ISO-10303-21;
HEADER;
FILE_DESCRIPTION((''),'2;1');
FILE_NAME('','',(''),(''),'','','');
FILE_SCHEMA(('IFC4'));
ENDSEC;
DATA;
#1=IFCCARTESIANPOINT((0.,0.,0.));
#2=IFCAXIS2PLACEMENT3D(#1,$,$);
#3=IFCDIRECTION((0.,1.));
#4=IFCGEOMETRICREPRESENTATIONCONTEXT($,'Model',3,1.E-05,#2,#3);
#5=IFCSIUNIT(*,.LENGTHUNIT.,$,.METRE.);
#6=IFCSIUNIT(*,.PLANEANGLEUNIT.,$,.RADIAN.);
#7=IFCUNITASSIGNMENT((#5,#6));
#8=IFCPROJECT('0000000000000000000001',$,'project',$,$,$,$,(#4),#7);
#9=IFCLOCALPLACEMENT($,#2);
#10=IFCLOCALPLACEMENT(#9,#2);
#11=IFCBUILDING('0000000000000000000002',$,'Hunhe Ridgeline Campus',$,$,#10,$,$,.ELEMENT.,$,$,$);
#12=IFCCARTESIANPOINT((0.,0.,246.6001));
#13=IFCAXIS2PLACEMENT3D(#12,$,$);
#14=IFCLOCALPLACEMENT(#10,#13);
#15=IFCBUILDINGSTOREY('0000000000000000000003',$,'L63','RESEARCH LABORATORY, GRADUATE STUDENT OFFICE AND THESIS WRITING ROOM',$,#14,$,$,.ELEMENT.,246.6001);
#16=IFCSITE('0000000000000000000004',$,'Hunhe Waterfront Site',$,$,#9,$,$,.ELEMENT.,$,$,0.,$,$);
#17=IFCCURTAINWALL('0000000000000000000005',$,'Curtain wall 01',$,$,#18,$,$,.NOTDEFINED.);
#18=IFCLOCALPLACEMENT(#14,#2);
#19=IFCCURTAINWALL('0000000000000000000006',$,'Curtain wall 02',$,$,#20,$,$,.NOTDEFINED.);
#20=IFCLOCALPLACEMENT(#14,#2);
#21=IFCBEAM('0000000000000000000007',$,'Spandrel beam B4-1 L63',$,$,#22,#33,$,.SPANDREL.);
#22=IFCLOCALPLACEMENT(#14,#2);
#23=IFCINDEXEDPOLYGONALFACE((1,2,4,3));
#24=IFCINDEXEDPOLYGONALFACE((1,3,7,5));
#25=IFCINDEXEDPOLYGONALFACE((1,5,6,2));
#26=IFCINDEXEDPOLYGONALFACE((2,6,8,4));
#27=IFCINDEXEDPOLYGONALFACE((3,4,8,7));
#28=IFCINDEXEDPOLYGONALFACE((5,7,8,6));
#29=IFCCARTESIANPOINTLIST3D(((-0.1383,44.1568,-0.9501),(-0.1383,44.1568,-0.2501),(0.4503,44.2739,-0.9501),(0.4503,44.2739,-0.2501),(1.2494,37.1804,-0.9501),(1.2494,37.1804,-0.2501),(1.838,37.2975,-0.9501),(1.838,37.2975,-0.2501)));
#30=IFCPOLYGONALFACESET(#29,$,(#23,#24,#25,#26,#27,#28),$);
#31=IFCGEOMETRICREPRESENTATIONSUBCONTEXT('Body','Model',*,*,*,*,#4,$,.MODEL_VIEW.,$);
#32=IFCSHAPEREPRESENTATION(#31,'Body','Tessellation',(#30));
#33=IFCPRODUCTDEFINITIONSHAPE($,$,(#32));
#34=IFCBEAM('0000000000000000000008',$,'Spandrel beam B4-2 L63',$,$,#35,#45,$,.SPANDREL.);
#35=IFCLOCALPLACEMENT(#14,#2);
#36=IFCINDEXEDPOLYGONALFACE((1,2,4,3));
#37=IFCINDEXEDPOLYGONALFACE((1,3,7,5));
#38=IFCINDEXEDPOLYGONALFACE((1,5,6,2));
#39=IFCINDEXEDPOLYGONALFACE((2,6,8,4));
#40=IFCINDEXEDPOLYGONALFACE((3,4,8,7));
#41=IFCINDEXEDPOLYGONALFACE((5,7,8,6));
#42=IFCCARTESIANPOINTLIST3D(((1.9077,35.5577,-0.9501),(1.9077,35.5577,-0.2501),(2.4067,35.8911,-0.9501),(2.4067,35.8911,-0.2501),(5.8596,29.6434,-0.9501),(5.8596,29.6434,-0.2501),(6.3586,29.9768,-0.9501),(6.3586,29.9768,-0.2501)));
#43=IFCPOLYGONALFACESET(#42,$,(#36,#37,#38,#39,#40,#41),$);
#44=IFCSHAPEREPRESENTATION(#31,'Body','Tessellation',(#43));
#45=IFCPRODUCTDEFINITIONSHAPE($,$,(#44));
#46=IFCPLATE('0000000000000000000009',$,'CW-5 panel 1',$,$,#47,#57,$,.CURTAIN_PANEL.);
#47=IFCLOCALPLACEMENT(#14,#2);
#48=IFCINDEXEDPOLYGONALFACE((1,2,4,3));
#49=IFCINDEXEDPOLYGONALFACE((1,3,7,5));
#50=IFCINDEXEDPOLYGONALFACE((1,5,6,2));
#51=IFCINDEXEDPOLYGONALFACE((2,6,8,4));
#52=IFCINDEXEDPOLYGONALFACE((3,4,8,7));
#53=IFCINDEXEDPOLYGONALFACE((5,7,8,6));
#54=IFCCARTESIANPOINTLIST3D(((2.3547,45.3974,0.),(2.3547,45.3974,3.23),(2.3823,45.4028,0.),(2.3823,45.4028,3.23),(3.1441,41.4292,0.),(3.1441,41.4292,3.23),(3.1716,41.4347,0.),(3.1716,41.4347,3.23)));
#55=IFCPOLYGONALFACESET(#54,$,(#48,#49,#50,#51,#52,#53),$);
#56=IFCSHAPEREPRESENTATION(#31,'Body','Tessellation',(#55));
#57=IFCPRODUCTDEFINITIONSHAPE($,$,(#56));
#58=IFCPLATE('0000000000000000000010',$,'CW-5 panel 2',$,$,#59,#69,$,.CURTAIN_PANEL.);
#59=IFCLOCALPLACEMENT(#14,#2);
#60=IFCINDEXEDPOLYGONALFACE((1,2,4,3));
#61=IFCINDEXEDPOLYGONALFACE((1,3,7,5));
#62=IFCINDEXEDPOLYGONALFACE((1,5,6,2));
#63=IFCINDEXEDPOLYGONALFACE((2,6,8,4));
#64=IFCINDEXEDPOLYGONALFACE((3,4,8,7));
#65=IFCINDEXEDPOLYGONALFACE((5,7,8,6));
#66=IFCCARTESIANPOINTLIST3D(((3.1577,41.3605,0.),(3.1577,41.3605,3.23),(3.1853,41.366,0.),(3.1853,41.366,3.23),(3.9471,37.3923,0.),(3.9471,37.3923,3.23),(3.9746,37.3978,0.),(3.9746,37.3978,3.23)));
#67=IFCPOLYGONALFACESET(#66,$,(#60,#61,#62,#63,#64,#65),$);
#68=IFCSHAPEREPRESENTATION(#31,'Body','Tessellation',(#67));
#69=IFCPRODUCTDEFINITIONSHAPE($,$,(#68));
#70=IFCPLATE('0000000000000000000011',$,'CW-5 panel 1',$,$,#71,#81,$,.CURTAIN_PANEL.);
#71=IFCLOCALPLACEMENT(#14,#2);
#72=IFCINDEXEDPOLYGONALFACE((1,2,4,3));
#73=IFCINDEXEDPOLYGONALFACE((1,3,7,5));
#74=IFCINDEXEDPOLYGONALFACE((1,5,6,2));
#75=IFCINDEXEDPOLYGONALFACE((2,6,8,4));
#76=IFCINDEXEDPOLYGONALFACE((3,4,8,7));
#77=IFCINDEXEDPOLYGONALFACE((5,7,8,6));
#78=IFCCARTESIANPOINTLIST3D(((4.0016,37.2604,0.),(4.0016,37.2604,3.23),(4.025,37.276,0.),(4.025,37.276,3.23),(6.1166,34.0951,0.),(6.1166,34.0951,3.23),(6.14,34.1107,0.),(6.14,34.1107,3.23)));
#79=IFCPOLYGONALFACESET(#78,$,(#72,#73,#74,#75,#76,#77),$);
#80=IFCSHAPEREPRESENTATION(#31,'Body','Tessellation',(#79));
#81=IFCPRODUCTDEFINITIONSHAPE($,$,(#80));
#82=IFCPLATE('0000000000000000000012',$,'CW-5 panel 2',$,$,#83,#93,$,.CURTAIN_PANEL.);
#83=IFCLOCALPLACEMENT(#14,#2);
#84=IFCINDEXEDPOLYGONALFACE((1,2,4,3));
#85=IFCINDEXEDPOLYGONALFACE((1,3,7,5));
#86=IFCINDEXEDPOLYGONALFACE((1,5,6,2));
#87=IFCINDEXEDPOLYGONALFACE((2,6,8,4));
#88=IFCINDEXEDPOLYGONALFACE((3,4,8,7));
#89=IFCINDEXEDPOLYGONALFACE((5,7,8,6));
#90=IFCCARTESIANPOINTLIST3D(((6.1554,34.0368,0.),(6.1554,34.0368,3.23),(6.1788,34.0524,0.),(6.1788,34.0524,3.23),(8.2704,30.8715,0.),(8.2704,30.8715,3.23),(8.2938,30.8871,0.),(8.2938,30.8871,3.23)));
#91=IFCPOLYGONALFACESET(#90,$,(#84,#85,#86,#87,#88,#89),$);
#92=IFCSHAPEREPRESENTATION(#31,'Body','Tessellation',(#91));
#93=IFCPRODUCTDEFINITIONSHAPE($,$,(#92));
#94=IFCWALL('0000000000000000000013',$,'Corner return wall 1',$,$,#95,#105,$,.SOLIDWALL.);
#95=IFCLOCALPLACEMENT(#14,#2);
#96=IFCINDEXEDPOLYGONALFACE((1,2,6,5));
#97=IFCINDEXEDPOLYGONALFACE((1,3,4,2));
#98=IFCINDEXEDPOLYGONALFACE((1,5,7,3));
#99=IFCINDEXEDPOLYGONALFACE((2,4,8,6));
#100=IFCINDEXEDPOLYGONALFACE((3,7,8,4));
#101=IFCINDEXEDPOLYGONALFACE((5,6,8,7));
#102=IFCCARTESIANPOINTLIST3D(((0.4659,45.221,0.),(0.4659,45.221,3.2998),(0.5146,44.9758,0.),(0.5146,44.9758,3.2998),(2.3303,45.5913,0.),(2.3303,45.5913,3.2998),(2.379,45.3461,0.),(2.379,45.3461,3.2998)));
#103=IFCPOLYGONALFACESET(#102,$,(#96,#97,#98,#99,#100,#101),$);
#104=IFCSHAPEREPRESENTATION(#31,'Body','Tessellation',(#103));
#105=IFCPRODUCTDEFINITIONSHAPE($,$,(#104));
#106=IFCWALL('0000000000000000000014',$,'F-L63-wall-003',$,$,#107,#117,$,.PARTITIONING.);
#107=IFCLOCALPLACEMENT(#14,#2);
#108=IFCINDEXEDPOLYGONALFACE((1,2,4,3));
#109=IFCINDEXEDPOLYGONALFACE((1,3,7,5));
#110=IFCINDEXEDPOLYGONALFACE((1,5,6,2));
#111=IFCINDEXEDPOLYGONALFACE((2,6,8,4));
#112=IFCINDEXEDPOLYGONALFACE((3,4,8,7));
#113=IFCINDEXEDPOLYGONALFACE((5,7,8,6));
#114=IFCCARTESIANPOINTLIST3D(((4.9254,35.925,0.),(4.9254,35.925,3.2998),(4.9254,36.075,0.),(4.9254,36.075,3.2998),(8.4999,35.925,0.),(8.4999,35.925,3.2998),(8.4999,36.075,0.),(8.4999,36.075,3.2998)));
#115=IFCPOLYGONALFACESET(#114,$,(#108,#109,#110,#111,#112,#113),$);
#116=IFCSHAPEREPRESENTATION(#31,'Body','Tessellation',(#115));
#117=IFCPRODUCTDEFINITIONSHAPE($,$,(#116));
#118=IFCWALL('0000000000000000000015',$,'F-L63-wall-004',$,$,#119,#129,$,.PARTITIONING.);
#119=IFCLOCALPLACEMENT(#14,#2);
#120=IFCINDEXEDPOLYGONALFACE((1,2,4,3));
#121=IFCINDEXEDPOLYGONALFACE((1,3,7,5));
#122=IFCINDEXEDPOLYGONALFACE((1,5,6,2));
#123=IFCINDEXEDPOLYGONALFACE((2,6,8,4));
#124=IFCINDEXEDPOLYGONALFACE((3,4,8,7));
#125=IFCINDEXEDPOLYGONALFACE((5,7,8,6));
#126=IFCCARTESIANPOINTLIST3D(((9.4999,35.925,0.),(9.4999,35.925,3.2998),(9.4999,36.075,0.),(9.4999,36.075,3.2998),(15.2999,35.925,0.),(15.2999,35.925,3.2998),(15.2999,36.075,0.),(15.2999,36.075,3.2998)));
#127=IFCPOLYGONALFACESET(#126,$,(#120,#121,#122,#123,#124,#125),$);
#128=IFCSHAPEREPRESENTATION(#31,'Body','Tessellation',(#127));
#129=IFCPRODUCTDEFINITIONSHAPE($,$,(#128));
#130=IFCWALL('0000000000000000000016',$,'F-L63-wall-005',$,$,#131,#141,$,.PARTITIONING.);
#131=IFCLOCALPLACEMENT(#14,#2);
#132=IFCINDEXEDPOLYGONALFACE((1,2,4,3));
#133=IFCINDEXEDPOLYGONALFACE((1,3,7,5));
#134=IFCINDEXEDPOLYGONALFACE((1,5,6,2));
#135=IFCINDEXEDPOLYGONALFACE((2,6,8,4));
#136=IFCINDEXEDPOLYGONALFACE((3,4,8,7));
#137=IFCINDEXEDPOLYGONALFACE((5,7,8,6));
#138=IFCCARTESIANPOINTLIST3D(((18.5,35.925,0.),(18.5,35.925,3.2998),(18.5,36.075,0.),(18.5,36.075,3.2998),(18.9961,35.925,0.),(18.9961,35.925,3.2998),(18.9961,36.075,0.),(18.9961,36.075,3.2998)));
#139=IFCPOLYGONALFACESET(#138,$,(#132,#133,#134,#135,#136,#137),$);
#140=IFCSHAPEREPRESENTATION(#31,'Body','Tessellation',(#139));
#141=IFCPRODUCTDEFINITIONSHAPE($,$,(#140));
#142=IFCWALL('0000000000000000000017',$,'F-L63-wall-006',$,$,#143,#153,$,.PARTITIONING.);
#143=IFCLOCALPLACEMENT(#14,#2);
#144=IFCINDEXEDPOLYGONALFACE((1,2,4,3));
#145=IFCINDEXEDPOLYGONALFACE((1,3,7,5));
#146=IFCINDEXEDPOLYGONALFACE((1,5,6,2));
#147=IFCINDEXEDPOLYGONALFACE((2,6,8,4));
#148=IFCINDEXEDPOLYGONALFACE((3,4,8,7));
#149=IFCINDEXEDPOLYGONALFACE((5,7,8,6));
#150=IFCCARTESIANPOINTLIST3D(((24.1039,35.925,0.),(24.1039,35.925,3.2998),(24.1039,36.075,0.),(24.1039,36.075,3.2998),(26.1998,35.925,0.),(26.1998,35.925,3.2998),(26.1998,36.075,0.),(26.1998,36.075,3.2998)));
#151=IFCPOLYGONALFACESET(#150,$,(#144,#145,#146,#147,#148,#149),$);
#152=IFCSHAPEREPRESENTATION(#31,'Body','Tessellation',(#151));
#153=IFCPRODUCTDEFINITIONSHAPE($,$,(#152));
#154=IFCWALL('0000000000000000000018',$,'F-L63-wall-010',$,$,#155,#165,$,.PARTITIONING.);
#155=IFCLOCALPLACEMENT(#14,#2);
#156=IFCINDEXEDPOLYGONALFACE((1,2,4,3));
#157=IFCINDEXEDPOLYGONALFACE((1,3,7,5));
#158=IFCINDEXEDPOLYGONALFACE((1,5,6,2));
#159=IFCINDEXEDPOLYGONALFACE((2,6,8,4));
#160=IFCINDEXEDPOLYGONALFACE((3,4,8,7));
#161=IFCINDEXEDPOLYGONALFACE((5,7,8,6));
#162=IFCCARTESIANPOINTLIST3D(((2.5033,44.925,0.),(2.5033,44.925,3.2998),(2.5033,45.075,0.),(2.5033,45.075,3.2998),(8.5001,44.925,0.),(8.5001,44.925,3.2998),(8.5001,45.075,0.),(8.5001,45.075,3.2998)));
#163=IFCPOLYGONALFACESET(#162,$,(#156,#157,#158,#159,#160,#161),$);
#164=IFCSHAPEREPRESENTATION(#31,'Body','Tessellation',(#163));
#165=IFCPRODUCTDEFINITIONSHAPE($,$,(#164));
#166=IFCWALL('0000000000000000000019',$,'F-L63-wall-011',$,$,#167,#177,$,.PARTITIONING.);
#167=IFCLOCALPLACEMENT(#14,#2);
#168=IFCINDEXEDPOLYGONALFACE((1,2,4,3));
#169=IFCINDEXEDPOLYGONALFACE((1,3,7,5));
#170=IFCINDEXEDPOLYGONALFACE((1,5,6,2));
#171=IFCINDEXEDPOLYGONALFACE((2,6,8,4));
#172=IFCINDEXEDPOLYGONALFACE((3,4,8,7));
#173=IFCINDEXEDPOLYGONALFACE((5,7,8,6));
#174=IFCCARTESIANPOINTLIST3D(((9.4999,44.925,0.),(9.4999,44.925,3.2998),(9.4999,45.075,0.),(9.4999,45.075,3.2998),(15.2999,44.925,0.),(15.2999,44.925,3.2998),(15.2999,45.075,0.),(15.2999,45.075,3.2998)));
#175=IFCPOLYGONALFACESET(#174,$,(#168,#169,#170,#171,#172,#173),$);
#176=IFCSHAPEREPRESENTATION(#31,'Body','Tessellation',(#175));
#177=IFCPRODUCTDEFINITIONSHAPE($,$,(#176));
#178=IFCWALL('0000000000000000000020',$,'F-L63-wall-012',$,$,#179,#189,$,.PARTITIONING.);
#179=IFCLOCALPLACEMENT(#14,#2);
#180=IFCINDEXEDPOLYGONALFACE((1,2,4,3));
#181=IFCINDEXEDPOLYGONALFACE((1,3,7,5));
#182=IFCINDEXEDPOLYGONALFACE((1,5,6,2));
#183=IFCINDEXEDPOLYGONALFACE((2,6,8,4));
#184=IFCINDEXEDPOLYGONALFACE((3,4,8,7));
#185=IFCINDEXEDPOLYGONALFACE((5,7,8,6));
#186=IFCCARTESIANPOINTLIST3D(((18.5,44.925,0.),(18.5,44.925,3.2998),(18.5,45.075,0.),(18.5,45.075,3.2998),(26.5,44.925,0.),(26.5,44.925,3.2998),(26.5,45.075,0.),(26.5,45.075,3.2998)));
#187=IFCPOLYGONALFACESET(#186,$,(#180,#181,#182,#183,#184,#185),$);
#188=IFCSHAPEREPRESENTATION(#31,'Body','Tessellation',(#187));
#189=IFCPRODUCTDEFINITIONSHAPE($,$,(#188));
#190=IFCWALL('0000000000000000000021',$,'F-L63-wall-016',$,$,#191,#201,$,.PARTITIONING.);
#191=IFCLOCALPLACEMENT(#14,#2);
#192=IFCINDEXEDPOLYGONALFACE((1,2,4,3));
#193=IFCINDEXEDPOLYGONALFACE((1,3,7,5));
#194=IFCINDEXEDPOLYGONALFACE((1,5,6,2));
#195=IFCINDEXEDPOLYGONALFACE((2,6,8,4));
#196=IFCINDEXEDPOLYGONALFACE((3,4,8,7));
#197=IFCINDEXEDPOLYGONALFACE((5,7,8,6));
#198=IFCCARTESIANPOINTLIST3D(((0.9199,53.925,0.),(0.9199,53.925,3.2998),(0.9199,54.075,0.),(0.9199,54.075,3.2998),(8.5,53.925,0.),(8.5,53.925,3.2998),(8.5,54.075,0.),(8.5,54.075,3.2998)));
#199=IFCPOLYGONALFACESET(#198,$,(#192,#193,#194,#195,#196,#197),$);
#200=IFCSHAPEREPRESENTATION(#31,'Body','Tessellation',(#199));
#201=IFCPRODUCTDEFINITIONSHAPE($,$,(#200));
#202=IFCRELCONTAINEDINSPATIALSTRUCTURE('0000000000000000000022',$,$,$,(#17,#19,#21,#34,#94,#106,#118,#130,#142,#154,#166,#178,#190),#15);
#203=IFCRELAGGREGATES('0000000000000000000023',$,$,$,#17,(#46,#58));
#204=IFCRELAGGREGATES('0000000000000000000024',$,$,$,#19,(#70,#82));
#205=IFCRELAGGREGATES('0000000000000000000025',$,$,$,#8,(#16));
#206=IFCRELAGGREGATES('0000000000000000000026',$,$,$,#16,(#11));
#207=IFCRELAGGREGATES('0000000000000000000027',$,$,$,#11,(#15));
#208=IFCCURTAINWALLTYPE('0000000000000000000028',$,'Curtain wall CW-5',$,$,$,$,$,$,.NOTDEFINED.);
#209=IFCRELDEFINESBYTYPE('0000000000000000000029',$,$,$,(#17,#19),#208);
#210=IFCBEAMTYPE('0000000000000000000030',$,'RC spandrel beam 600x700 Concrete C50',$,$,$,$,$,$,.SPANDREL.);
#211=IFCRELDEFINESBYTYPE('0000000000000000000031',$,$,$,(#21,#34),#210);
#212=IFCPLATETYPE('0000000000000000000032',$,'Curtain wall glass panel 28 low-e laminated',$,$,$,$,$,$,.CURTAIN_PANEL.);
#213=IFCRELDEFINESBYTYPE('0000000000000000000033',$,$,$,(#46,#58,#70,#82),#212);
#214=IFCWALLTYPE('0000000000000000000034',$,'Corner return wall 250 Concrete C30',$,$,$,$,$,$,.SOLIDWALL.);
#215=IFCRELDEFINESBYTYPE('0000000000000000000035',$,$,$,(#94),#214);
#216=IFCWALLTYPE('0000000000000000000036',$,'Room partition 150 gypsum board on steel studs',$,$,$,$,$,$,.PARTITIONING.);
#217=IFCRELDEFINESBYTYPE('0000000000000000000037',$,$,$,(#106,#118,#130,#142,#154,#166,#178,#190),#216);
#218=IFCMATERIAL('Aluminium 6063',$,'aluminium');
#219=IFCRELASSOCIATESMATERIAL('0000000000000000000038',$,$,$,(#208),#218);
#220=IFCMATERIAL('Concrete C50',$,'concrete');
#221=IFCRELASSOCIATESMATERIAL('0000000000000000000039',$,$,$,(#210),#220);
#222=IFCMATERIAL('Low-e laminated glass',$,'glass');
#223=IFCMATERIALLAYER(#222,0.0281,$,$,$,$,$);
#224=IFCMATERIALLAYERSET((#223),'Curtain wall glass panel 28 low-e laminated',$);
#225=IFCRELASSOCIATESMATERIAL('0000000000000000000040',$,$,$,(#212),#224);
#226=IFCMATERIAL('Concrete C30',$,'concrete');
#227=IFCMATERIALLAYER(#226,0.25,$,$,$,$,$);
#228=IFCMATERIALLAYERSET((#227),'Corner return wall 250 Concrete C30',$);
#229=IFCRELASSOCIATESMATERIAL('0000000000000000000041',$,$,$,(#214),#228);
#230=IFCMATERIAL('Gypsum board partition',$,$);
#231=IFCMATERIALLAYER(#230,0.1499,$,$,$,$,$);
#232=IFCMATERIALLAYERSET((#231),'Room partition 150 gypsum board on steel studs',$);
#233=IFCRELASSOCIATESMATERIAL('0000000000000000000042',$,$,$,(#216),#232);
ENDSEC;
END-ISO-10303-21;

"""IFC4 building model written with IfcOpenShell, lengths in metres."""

from ifc_helpers import new_model, si_unit, direction, frame, frame_2d, origin, origin_2d, place, context, subcontext, project, spatial, rectangle, extrude, material, layer, layer_set, material_profile, profile_set, type_object, element, aggregate, save


model = new_model("IFC4")

# Units and contexts
model_context = context("Model", 3, precision=1e-05, world=origin(), true_north=direction((0.0, 1.0)))
body_context = subcontext(model_context, "Body", "Model", "MODEL_VIEW")
ifc_project = project(units=[si_unit("LENGTHUNIT", "METRE"), si_unit("PLANEANGLEUNIT", "RADIAN")], contexts=[model_context])

# Site, building, storey
site_placement = place(None, origin())
site = spatial("IfcSite", under=ifc_project, at=site_placement, Name="Hunhe Waterfront Site", CompositionType="ELEMENT", RefElevation=0.0)
building_placement = place(site_placement, origin())
building = spatial("IfcBuilding", under=site, at=building_placement, Name="Hunhe Ridgeline Campus", CompositionType="ELEMENT")
storey_placement = place(building_placement, frame((0.0, 0.0, 246.6001)))
storey = spatial("IfcBuildingStorey", under=building, at=storey_placement, Name="L63", Description="RESEARCH LABORATORY, GRADUATE STUDENT OFFICE AND THESIS WRITING ROOM", CompositionType="ELEMENT", Elevation=246.6001)

# Curtain walls
ifc_material_1 = material(Name="Aluminium 6063", Category="aluminium")
curtain_wall_type = type_object("IfcCurtainWallType", Name="Curtain wall CW-5", PredefinedType="NOTDEFINED", material=ifc_material_1)
curtain_wall_1_placement = place(storey_placement, origin())
curtain_wall_1 = element("IfcCurtainWall", 1, at=curtain_wall_1_placement, inside=storey, type_object=curtain_wall_type, Name="Curtain wall 01", PredefinedType="NOTDEFINED")
curtain_wall_2_placement = place(storey_placement, origin())
curtain_wall_2 = element("IfcCurtainWall", 2, at=curtain_wall_2_placement, inside=storey, type_object=curtain_wall_type, Name="Curtain wall 02", PredefinedType="NOTDEFINED")

# Beams
ifc_material_2 = material(Name="Concrete C50", Category="concrete")
ifc_material_profile_1 = material_profile(ifc_material_2, rectangle(XDim=0.6001, YDim=0.7, at=origin_2d()))
ifc_profile_set_1 = profile_set([ifc_material_profile_1], Name="Concrete C50")
beam_type = type_object("IfcBeamType", Name="RC spandrel beam 600x700 Concrete C50", PredefinedType="SPANDREL", material=ifc_profile_set_1)
for number, where, z_axis, x_axis, name in (
    (3, (0.156, 44.2153, -0.6001), (0.195093, -0.980785, 0.0), (0.980785, 0.195093, 0.0), "Spandrel beam B4-1 L63"),
    (4, (2.1572, 35.7244, -0.6001), (0.555579, -0.831464, 0.0), (0.831464, 0.555579, 0.0), "Spandrel beam B4-2 L63"),
):
    element("IfcBeam", number, at=place(storey_placement, frame(where, z_axis=z_axis, x_axis=x_axis)), inside=storey, type_object=beam_type, Name=name, PredefinedType="SPANDREL", context=body_context, shape_type="SweptSolid", body=[
        extrude(rectangle(XDim=0.6001, YDim=0.7, at=origin_2d()), origin(), (0.0, 0.0, 1.0), 7.113),
    ])

# Plates
ifc_material_3 = material(Name="Low-e laminated glass", Category="glass")
ifc_layer_1 = layer(ifc_material_3, 0.0281)
ifc_layer_set_1 = layer_set([ifc_layer_1], Name="Curtain wall glass panel 28 low-e laminated")
plate_type = type_object("IfcPlateType", Name="Curtain wall glass panel 28 low-e laminated", PredefinedType="CURTAIN_PANEL", material=ifc_layer_set_1)
plate_1_placement = place(storey_placement, frame((2.7632, 43.416, 0.0), z_axis=(0.0, 0.0, 1.0), x_axis=(0.195095, -0.980784, 0.0)))
plate_1 = element("IfcPlate", 5, at=plate_1_placement, type_object=plate_type, Name="CW-5 panel 1", PredefinedType="CURTAIN_PANEL", context=body_context, shape_type="SweptSolid", body=[
    extrude(rectangle(XDim=4.0459, YDim=0.0281, at=origin_2d()), origin(), (0.0, 0.0, 1.0), 3.23),
])
plate_2_placement = place(storey_placement, frame((3.5662, 39.3792, 0.0), z_axis=(0.0, 0.0, 1.0), x_axis=(0.195095, -0.980784, 0.0)))
plate_2 = element("IfcPlate", 6, at=plate_2_placement, type_object=plate_type, Name="CW-5 panel 2", PredefinedType="CURTAIN_PANEL", context=body_context, shape_type="SweptSolid", body=[
    extrude(rectangle(XDim=4.0459, YDim=0.0281, at=origin_2d()), origin(), (0.0, 0.0, 1.0), 3.23),
])
aggregate(curtain_wall_1, [plate_1, plate_2])
plate_3_placement = place(storey_placement, frame((5.0708, 35.6855, 0.0), z_axis=(0.0, 0.0, 1.0), x_axis=(0.55557, -0.83147, 0.0)))
plate_3 = element("IfcPlate", 7, at=plate_3_placement, type_object=plate_type, Name="CW-5 panel 1", PredefinedType="CURTAIN_PANEL", context=body_context, shape_type="SweptSolid", body=[
    extrude(rectangle(XDim=3.8069, YDim=0.0281, at=origin_2d()), origin(), (0.0, 0.0, 1.0), 3.23),
])
plate_4_placement = place(storey_placement, frame((7.2246, 32.4619, 0.0), z_axis=(0.0, 0.0, 1.0), x_axis=(0.55557, -0.83147, 0.0)))
plate_4 = element("IfcPlate", 8, at=plate_4_placement, type_object=plate_type, Name="CW-5 panel 2", PredefinedType="CURTAIN_PANEL", context=body_context, shape_type="SweptSolid", body=[
    extrude(rectangle(XDim=3.8069, YDim=0.0281, at=origin_2d()), origin(), (0.0, 0.0, 1.0), 3.23),
])
aggregate(curtain_wall_2, [plate_3, plate_4])

# Walls
ifc_material_4 = material(Name="Concrete C30", Category="concrete")
ifc_layer_2 = layer(ifc_material_4, 0.25)
ifc_layer_set_2 = layer_set([ifc_layer_2], Name="Corner return wall 250 Concrete C30")
wall_type_1 = type_object("IfcWallType", Name="Corner return wall 250 Concrete C30", PredefinedType="SOLIDWALL", material=ifc_layer_set_2)
wall_1_placement = place(storey_placement, frame((0.4902, 45.0984, 0.0), z_axis=(0.0, 0.0, 1.0), x_axis=(0.980837, 0.194832, 0.0)))
element("IfcWall", 9, at=wall_1_placement, inside=storey, type_object=wall_type_1, Name="Corner return wall 1", PredefinedType="SOLIDWALL", context=body_context, shape_type="SweptSolid", body=[
    extrude(rectangle(XDim=1.9009, YDim=0.25, at=frame_2d((0.9504, 0.0))), origin(), (0.0, 0.0, 1.0), 3.2998),
])
ifc_material_5 = material(Name="Gypsum board partition")
ifc_layer_3 = layer(ifc_material_5, 0.1499)
ifc_layer_set_3 = layer_set([ifc_layer_3], Name="Room partition 150 gypsum board on steel studs")
wall_type_2 = type_object("IfcWallType", Name="Room partition 150 gypsum board on steel studs", PredefinedType="PARTITIONING", material=ifc_layer_set_3)
wall_2_placement = place(storey_placement, frame((4.9255, 36.0, 0.0), z_axis=(0.0, 0.0, 1.0), x_axis=(1.0, 0.0, 0.0)))
element("IfcWall", 10, at=wall_2_placement, inside=storey, type_object=wall_type_2, Name="F-L63-wall-003", PredefinedType="PARTITIONING", context=body_context, shape_type="SweptSolid", body=[
    extrude(rectangle(XDim=3.5745, YDim=0.1499, at=frame_2d((1.7871, 0.0))), origin(), (0.0, 0.0, 1.0), 3.2998),
])
wall_3_placement = place(storey_placement, frame((9.5, 36.0, 0.0), z_axis=(0.0, 0.0, 1.0), x_axis=(1.0, 0.0, 0.0)))
element("IfcWall", 11, at=wall_3_placement, inside=storey, type_object=wall_type_2, Name="F-L63-wall-004", PredefinedType="PARTITIONING", context=body_context, shape_type="SweptSolid", body=[
    extrude(rectangle(XDim=5.8, YDim=0.1499, at=frame_2d((2.8999, 0.0))), origin(), (0.0, 0.0, 1.0), 3.2998),
])
wall_4_placement = place(storey_placement, frame((18.5, 36.0, 0.0), z_axis=(0.0, 0.0, 1.0), x_axis=(1.0, 0.0, 0.0)))
element("IfcWall", 12, at=wall_4_placement, inside=storey, type_object=wall_type_2, Name="F-L63-wall-005", PredefinedType="PARTITIONING", context=body_context, shape_type="SweptSolid", body=[
    extrude(rectangle(XDim=0.4961, YDim=0.1499, at=frame_2d((0.248, 0.0))), origin(), (0.0, 0.0, 1.0), 3.2998),
])
wall_5_placement = place(storey_placement, frame((24.104, 36.0, 0.0), z_axis=(0.0, 0.0, 1.0), x_axis=(1.0, 0.0, 0.0)))
element("IfcWall", 13, at=wall_5_placement, inside=storey, type_object=wall_type_2, Name="F-L63-wall-006", PredefinedType="PARTITIONING", context=body_context, shape_type="SweptSolid", body=[
    extrude(rectangle(XDim=2.0959, YDim=0.1499, at=frame_2d((1.0479, 0.0))), origin(), (0.0, 0.0, 1.0), 3.2998),
])
wall_6_placement = place(storey_placement, frame((2.5032, 45.0, 0.0), z_axis=(0.0, 0.0, 1.0), x_axis=(1.0, 0.0, 0.0)))
element("IfcWall", 14, at=wall_6_placement, inside=storey, type_object=wall_type_2, Name="F-L63-wall-010", PredefinedType="PARTITIONING", context=body_context, shape_type="SweptSolid", body=[
    extrude(rectangle(XDim=5.9968, YDim=0.1499, at=frame_2d((2.9985, 0.0))), origin(), (0.0, 0.0, 1.0), 3.2998),
])
wall_7_placement = place(storey_placement, frame((9.5, 45.0, 0.0), z_axis=(0.0, 0.0, 1.0), x_axis=(1.0, 0.0, 0.0)))
element("IfcWall", 15, at=wall_7_placement, inside=storey, type_object=wall_type_2, Name="F-L63-wall-011", PredefinedType="PARTITIONING", context=body_context, shape_type="SweptSolid", body=[
    extrude(rectangle(XDim=5.8, YDim=0.1499, at=frame_2d((2.8999, 0.0))), origin(), (0.0, 0.0, 1.0), 3.2998),
])
wall_8_placement = place(storey_placement, frame((18.5, 45.0, 0.0), z_axis=(0.0, 0.0, 1.0), x_axis=(1.0, 0.0, 0.0)))
element("IfcWall", 16, at=wall_8_placement, inside=storey, type_object=wall_type_2, Name="F-L63-wall-012", PredefinedType="PARTITIONING", context=body_context, shape_type="SweptSolid", body=[
    extrude(rectangle(XDim=8.0, YDim=0.1499, at=frame_2d((4.0, 0.0))), origin(), (0.0, 0.0, 1.0), 3.2998),
])
wall_9_placement = place(storey_placement, frame((0.9199, 54.0, 0.0), z_axis=(0.0, 0.0, 1.0), x_axis=(1.0, 0.0, 0.0)))
element("IfcWall", 17, at=wall_9_placement, inside=storey, type_object=wall_type_2, Name="F-L63-wall-016", PredefinedType="PARTITIONING", context=body_context, shape_type="SweptSolid", body=[
    extrude(rectangle(XDim=7.5801, YDim=0.1499, at=frame_2d((3.79, 0.0))), origin(), (0.0, 0.0, 1.0), 3.2998),
])

save(model, "model.ifc")
